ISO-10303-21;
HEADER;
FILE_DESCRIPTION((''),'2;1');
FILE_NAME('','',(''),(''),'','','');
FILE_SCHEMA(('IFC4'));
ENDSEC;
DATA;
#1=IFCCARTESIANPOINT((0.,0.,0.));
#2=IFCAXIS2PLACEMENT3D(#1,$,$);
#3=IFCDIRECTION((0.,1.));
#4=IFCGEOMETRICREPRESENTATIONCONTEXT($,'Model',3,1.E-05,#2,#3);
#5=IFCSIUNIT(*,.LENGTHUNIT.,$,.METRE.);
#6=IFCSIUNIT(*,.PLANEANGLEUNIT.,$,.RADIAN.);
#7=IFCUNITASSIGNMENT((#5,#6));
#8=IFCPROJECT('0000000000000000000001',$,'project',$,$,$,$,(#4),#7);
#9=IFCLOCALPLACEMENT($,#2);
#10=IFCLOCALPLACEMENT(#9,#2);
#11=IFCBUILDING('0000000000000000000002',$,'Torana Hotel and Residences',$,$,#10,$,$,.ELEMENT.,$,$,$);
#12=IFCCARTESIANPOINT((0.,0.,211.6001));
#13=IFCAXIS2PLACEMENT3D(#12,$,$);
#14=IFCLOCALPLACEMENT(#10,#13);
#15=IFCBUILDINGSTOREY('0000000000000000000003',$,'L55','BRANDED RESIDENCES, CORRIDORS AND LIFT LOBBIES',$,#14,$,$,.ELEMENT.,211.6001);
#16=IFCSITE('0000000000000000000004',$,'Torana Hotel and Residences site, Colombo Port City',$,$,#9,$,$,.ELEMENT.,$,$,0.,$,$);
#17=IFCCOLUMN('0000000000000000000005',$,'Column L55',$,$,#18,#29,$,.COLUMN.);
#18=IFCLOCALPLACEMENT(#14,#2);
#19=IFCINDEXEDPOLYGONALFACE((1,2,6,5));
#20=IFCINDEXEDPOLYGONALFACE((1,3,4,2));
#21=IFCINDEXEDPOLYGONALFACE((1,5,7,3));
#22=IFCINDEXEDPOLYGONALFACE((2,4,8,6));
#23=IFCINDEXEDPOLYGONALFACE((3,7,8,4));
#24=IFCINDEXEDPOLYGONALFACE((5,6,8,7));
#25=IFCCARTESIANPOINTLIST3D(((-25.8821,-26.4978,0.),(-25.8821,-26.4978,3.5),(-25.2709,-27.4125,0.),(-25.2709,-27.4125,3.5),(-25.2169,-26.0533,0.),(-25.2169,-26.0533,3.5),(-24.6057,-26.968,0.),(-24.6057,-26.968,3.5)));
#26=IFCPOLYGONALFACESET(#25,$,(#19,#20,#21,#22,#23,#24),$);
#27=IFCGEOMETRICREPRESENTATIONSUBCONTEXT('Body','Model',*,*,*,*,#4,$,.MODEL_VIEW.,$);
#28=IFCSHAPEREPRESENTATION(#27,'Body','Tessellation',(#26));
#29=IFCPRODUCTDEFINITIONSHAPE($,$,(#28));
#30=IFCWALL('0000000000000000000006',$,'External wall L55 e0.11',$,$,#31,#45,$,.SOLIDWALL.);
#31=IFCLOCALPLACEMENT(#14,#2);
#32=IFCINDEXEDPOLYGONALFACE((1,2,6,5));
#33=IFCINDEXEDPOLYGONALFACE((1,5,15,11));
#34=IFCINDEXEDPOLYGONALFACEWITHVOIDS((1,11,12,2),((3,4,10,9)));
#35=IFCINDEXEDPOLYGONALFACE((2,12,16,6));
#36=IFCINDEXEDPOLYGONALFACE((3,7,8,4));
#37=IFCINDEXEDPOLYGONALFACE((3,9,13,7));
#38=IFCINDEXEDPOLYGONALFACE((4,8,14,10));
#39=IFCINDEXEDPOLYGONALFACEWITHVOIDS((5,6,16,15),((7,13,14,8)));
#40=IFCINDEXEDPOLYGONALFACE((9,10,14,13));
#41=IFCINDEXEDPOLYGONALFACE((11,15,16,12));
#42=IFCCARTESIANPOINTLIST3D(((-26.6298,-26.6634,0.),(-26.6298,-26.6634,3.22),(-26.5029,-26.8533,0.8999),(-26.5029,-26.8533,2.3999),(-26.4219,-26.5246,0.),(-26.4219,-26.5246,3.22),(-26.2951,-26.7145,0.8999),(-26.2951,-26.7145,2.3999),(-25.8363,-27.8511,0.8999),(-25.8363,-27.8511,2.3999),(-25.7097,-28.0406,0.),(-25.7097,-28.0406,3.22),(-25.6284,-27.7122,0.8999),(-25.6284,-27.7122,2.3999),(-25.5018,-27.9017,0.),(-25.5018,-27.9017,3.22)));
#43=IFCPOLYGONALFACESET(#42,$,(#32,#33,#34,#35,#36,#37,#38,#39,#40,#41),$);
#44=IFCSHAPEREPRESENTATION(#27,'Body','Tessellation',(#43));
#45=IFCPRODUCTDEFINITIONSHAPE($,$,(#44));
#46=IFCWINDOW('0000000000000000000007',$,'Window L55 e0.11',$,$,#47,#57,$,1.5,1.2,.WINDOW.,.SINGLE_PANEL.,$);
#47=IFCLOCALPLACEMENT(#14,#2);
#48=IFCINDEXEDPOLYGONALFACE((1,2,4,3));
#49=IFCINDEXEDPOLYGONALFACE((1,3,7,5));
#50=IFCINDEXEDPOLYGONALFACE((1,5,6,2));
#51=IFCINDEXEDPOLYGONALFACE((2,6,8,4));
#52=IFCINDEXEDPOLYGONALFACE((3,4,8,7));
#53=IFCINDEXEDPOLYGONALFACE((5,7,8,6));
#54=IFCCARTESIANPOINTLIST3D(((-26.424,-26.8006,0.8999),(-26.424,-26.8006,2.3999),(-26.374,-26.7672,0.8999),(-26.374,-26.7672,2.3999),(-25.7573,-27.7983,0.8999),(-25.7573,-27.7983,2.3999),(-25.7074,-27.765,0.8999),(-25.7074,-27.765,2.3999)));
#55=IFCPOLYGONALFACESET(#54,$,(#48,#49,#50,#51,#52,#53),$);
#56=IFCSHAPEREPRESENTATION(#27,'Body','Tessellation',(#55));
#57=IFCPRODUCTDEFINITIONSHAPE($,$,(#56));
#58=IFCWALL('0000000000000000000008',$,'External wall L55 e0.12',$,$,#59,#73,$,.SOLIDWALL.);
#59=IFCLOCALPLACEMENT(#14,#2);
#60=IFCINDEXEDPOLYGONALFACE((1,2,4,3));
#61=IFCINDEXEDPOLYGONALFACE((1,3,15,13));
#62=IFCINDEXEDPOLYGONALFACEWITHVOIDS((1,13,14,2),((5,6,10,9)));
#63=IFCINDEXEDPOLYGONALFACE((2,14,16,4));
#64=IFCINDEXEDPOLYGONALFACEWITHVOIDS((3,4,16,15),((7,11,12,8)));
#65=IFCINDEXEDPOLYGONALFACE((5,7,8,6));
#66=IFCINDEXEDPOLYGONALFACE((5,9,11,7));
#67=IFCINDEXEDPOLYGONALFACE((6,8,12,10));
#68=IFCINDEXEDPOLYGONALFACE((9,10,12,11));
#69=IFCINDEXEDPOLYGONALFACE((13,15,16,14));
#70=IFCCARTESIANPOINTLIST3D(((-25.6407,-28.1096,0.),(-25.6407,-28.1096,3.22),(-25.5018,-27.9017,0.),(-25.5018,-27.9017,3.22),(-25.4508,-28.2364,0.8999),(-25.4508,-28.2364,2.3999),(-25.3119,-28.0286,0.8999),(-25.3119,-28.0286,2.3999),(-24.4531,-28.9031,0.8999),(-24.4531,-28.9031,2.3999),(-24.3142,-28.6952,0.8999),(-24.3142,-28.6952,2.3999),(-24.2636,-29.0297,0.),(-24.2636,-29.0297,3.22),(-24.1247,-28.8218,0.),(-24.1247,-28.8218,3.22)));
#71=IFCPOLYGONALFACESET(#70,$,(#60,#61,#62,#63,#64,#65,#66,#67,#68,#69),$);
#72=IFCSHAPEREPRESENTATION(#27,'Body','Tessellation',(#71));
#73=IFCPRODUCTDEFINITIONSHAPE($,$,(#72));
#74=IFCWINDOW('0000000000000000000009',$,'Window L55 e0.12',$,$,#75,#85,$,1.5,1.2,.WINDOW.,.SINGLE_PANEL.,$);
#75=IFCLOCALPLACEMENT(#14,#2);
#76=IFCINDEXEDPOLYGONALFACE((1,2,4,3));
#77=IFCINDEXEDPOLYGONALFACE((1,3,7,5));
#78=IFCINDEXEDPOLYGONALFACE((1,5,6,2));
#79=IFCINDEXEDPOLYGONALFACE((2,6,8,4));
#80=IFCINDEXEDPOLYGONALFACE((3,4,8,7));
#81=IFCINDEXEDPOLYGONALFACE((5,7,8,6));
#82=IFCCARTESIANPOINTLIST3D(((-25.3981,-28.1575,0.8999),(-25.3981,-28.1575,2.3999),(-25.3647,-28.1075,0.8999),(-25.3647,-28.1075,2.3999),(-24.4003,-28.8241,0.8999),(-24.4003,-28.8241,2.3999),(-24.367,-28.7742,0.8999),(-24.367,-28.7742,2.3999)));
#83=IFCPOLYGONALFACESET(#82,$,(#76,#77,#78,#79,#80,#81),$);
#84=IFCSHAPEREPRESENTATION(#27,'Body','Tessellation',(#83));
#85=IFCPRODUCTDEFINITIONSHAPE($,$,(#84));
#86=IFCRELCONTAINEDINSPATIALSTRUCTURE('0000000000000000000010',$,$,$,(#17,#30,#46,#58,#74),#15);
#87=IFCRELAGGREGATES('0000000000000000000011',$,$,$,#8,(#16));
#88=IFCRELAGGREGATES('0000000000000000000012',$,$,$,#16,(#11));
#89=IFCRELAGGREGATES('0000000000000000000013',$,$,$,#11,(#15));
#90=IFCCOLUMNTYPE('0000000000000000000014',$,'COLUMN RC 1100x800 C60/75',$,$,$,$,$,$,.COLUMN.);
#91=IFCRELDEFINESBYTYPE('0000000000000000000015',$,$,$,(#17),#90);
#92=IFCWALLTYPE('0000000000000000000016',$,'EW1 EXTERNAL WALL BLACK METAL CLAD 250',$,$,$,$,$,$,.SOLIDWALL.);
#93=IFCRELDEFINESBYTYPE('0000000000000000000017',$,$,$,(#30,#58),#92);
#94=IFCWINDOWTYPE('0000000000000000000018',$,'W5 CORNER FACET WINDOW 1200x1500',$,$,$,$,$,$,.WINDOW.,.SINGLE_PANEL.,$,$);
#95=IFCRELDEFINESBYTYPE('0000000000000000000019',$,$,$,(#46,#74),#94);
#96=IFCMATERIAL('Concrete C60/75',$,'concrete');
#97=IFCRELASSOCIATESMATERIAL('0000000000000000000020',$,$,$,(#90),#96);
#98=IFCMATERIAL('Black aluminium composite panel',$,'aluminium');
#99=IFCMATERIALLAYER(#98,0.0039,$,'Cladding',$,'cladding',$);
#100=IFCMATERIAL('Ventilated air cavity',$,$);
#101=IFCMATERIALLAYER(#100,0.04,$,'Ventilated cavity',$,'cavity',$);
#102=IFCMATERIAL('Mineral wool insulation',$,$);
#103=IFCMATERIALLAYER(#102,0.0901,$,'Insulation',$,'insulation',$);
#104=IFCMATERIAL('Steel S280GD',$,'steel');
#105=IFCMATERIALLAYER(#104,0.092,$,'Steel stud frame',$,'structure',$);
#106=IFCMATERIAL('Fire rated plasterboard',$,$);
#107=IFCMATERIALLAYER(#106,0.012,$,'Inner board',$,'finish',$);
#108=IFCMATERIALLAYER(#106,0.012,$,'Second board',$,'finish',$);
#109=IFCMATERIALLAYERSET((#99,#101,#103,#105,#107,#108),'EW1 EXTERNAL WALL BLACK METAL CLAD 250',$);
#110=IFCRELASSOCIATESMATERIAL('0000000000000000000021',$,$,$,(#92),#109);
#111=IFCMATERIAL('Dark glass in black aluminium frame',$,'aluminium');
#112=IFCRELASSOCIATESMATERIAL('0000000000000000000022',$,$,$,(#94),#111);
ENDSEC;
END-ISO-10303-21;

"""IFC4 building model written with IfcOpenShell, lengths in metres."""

from ifc_helpers import new_model, si_unit, direction, frame, frame_2d, origin, origin_2d, place, context, subcontext, project, spatial, rectangle, extrude, material, layer, layer_set, material_profile, profile_set, type_object, element, fill, save


model = new_model("IFC4")

# Units and contexts
model_context = context("Model", 3, precision=1e-05, world=origin(), true_north=direction((0.0, 1.0)))
body_context = subcontext(model_context, "Body", "Model", "MODEL_VIEW")
ifc_project = project(units=[si_unit("LENGTHUNIT", "METRE"), si_unit("PLANEANGLEUNIT", "RADIAN")], contexts=[model_context])

# Site, building, storey
site_placement = place(None, origin())
site = spatial("IfcSite", under=ifc_project, at=site_placement, Name="Torana Hotel and Residences site, Colombo Port City", CompositionType="ELEMENT", RefElevation=0.0)
building_placement = place(site_placement, origin())
building = spatial("IfcBuilding", under=site, at=building_placement, Name="Torana Hotel and Residences", CompositionType="ELEMENT")
storey_placement = place(building_placement, frame((0.0, 0.0, 211.6001)))
storey = spatial("IfcBuildingStorey", under=building, at=storey_placement, Name="L55", Description="BRANDED RESIDENCES, CORRIDORS AND LIFT LOBBIES", CompositionType="ELEMENT", Elevation=211.6001)

# Column
ifc_material_1 = material(Name="Concrete C60/75", Category="concrete")
ifc_material_profile = material_profile(ifc_material_1, rectangle(XDim=1.1001, YDim=0.8, at=origin_2d()), Name="RC 1100x800")
ifc_profile_set = profile_set([ifc_material_profile], Name="Concrete C60/75")
column_type = type_object("IfcColumnType", Name="COLUMN RC 1100x800 C60/75", PredefinedType="COLUMN", material=ifc_profile_set)
column_placement = place(storey_placement, frame((-25.2439, -26.7329, 0.0), z_axis=(0.0, 0.0, 1.0), x_axis=(-0.555585, 0.83146, 0.0)))
element("IfcColumn", 1, at=column_placement, inside=storey, type_object=column_type, Name="Column L55", PredefinedType="COLUMN", context=body_context, shape_type="SweptSolid", body=[
    extrude(rectangle(XDim=1.1001, YDim=0.8, at=origin_2d()), origin(), (0.0, 0.0, 1.0), 3.5),
])

# Walls, openings, windows
ifc_material_2 = material(Name="Black aluminium composite panel", Category="aluminium")
ifc_layer_1 = layer(ifc_material_2, 0.0039, Name="Cladding", Category="cladding")
ifc_material_3 = material(Name="Ventilated air cavity")
ifc_layer_2 = layer(ifc_material_3, 0.04, Name="Ventilated cavity", Category="cavity")
ifc_material_4 = material(Name="Mineral wool insulation")
ifc_layer_3 = layer(ifc_material_4, 0.0901, Name="Insulation", Category="insulation")
ifc_material_5 = material(Name="Steel S280GD", Category="steel")
ifc_layer_4 = layer(ifc_material_5, 0.092, Name="Steel stud frame", Category="structure")
ifc_material_6 = material(Name="Fire rated plasterboard")
ifc_layer_5 = layer(ifc_material_6, 0.012, Name="Inner board", Category="finish")
ifc_layer_6 = layer(ifc_material_6, 0.012, Name="Second board", Category="finish")
ifc_layer_set = layer_set([ifc_layer_1, ifc_layer_2, ifc_layer_3, ifc_layer_4, ifc_layer_5, ifc_layer_6], Name="EW1 EXTERNAL WALL BLACK METAL CLAD 250")
wall_type = type_object("IfcWallType", Name="EW1 EXTERNAL WALL BLACK METAL CLAD 250", PredefinedType="SOLIDWALL", material=ifc_layer_set)
wall_1_placement = place(storey_placement, frame((-26.5259, -26.594, 0.0), z_axis=(0.0, 0.0, 1.0), x_axis=(0.55555, -0.831483, 0.0)))
wall_1 = element("IfcWall", 2, at=wall_1_placement, inside=storey, type_object=wall_type, Name="External wall L55 e0.11", PredefinedType="SOLIDWALL", context=body_context, shape_type="SweptSolid", body=[
    extrude(rectangle(XDim=1.6562, YDim=0.25, at=frame_2d((0.8281, 0.0))), origin(), (0.0, 0.0, 1.0), 3.22),
])
opening_1_placement = place(wall_1_placement, frame((0.2283, 0.0, 0.8999)))
opening_1 = element("IfcOpeningElement", 3, at=opening_1_placement, cuts=wall_1, PredefinedType="OPENING", context=body_context, shape_type="SweptSolid", body=[
    extrude(rectangle(XDim=1.2, YDim=1.5, at=frame_2d((0.6001, 0.75))), frame((0.0, 0.135, 0.0), z_axis=(0.0, -1.0, 0.0), x_axis=(1.0, 0.0, 0.0)), (0.0, 0.0, 1.0), 0.27),
])
ifc_material_7 = material(Name="Dark glass in black aluminium frame", Category="aluminium")
window_type = type_object("IfcWindowType", Name="W5 CORNER FACET WINDOW 1200x1500", PartitioningType="SINGLE_PANEL", PredefinedType="WINDOW", material=ifc_material_7)
window_1_placement = place(opening_1_placement, origin())
window_1 = element("IfcWindow", 4, at=window_1_placement, inside=storey, type_object=window_type, Name="Window L55 e0.11", OverallHeight=1.5, OverallWidth=1.2, PartitioningType="SINGLE_PANEL", PredefinedType="WINDOW", context=body_context, shape_type="SweptSolid", body=[
    extrude(rectangle(XDim=1.2, YDim=1.5, at=frame_2d((0.6001, 0.75))), frame((0.0, 0.03, 0.0), z_axis=(0.0, -1.0, 0.0), x_axis=(1.0, 0.0, 0.0)), (0.0, 0.0, 1.0), 0.0601),
])
fill(opening_1, window_1)
wall_2_placement = place(storey_placement, frame((-25.5713, -28.0056, 0.0), z_axis=(0.0, 0.0, 1.0), x_axis=(0.831483, -0.55555, 0.0)))
wall_2 = element("IfcWall", 5, at=wall_2_placement, inside=storey, type_object=wall_type, Name="External wall L55 e0.12", PredefinedType="SOLIDWALL", context=body_context, shape_type="SweptSolid", body=[
    extrude(rectangle(XDim=1.6562, YDim=0.25, at=frame_2d((0.8281, 0.0))), origin(), (0.0, 0.0, 1.0), 3.22),
])
opening_2_placement = place(wall_2_placement, frame((0.2283, 0.0, 0.8999)))
opening_2 = element("IfcOpeningElement", 6, at=opening_2_placement, cuts=wall_2, PredefinedType="OPENING", context=body_context, shape_type="SweptSolid", body=[
    extrude(rectangle(XDim=1.2, YDim=1.5, at=frame_2d((0.6001, 0.75))), frame((0.0, 0.135, 0.0), z_axis=(0.0, -1.0, 0.0), x_axis=(1.0, 0.0, 0.0)), (0.0, 0.0, 1.0), 0.27),
])
window_2_placement = place(opening_2_placement, origin())
window_2 = element("IfcWindow", 7, at=window_2_placement, inside=storey, type_object=window_type, Name="Window L55 e0.12", OverallHeight=1.5, OverallWidth=1.2, PartitioningType="SINGLE_PANEL", PredefinedType="WINDOW", context=body_context, shape_type="SweptSolid", body=[
    extrude(rectangle(XDim=1.2, YDim=1.5, at=frame_2d((0.6001, 0.75))), frame((0.0, 0.03, 0.0), z_axis=(0.0, -1.0, 0.0), x_axis=(1.0, 0.0, 0.0)), (0.0, 0.0, 1.0), 0.0601),
])
fill(opening_2, window_2)

save(model, "model.ifc")
